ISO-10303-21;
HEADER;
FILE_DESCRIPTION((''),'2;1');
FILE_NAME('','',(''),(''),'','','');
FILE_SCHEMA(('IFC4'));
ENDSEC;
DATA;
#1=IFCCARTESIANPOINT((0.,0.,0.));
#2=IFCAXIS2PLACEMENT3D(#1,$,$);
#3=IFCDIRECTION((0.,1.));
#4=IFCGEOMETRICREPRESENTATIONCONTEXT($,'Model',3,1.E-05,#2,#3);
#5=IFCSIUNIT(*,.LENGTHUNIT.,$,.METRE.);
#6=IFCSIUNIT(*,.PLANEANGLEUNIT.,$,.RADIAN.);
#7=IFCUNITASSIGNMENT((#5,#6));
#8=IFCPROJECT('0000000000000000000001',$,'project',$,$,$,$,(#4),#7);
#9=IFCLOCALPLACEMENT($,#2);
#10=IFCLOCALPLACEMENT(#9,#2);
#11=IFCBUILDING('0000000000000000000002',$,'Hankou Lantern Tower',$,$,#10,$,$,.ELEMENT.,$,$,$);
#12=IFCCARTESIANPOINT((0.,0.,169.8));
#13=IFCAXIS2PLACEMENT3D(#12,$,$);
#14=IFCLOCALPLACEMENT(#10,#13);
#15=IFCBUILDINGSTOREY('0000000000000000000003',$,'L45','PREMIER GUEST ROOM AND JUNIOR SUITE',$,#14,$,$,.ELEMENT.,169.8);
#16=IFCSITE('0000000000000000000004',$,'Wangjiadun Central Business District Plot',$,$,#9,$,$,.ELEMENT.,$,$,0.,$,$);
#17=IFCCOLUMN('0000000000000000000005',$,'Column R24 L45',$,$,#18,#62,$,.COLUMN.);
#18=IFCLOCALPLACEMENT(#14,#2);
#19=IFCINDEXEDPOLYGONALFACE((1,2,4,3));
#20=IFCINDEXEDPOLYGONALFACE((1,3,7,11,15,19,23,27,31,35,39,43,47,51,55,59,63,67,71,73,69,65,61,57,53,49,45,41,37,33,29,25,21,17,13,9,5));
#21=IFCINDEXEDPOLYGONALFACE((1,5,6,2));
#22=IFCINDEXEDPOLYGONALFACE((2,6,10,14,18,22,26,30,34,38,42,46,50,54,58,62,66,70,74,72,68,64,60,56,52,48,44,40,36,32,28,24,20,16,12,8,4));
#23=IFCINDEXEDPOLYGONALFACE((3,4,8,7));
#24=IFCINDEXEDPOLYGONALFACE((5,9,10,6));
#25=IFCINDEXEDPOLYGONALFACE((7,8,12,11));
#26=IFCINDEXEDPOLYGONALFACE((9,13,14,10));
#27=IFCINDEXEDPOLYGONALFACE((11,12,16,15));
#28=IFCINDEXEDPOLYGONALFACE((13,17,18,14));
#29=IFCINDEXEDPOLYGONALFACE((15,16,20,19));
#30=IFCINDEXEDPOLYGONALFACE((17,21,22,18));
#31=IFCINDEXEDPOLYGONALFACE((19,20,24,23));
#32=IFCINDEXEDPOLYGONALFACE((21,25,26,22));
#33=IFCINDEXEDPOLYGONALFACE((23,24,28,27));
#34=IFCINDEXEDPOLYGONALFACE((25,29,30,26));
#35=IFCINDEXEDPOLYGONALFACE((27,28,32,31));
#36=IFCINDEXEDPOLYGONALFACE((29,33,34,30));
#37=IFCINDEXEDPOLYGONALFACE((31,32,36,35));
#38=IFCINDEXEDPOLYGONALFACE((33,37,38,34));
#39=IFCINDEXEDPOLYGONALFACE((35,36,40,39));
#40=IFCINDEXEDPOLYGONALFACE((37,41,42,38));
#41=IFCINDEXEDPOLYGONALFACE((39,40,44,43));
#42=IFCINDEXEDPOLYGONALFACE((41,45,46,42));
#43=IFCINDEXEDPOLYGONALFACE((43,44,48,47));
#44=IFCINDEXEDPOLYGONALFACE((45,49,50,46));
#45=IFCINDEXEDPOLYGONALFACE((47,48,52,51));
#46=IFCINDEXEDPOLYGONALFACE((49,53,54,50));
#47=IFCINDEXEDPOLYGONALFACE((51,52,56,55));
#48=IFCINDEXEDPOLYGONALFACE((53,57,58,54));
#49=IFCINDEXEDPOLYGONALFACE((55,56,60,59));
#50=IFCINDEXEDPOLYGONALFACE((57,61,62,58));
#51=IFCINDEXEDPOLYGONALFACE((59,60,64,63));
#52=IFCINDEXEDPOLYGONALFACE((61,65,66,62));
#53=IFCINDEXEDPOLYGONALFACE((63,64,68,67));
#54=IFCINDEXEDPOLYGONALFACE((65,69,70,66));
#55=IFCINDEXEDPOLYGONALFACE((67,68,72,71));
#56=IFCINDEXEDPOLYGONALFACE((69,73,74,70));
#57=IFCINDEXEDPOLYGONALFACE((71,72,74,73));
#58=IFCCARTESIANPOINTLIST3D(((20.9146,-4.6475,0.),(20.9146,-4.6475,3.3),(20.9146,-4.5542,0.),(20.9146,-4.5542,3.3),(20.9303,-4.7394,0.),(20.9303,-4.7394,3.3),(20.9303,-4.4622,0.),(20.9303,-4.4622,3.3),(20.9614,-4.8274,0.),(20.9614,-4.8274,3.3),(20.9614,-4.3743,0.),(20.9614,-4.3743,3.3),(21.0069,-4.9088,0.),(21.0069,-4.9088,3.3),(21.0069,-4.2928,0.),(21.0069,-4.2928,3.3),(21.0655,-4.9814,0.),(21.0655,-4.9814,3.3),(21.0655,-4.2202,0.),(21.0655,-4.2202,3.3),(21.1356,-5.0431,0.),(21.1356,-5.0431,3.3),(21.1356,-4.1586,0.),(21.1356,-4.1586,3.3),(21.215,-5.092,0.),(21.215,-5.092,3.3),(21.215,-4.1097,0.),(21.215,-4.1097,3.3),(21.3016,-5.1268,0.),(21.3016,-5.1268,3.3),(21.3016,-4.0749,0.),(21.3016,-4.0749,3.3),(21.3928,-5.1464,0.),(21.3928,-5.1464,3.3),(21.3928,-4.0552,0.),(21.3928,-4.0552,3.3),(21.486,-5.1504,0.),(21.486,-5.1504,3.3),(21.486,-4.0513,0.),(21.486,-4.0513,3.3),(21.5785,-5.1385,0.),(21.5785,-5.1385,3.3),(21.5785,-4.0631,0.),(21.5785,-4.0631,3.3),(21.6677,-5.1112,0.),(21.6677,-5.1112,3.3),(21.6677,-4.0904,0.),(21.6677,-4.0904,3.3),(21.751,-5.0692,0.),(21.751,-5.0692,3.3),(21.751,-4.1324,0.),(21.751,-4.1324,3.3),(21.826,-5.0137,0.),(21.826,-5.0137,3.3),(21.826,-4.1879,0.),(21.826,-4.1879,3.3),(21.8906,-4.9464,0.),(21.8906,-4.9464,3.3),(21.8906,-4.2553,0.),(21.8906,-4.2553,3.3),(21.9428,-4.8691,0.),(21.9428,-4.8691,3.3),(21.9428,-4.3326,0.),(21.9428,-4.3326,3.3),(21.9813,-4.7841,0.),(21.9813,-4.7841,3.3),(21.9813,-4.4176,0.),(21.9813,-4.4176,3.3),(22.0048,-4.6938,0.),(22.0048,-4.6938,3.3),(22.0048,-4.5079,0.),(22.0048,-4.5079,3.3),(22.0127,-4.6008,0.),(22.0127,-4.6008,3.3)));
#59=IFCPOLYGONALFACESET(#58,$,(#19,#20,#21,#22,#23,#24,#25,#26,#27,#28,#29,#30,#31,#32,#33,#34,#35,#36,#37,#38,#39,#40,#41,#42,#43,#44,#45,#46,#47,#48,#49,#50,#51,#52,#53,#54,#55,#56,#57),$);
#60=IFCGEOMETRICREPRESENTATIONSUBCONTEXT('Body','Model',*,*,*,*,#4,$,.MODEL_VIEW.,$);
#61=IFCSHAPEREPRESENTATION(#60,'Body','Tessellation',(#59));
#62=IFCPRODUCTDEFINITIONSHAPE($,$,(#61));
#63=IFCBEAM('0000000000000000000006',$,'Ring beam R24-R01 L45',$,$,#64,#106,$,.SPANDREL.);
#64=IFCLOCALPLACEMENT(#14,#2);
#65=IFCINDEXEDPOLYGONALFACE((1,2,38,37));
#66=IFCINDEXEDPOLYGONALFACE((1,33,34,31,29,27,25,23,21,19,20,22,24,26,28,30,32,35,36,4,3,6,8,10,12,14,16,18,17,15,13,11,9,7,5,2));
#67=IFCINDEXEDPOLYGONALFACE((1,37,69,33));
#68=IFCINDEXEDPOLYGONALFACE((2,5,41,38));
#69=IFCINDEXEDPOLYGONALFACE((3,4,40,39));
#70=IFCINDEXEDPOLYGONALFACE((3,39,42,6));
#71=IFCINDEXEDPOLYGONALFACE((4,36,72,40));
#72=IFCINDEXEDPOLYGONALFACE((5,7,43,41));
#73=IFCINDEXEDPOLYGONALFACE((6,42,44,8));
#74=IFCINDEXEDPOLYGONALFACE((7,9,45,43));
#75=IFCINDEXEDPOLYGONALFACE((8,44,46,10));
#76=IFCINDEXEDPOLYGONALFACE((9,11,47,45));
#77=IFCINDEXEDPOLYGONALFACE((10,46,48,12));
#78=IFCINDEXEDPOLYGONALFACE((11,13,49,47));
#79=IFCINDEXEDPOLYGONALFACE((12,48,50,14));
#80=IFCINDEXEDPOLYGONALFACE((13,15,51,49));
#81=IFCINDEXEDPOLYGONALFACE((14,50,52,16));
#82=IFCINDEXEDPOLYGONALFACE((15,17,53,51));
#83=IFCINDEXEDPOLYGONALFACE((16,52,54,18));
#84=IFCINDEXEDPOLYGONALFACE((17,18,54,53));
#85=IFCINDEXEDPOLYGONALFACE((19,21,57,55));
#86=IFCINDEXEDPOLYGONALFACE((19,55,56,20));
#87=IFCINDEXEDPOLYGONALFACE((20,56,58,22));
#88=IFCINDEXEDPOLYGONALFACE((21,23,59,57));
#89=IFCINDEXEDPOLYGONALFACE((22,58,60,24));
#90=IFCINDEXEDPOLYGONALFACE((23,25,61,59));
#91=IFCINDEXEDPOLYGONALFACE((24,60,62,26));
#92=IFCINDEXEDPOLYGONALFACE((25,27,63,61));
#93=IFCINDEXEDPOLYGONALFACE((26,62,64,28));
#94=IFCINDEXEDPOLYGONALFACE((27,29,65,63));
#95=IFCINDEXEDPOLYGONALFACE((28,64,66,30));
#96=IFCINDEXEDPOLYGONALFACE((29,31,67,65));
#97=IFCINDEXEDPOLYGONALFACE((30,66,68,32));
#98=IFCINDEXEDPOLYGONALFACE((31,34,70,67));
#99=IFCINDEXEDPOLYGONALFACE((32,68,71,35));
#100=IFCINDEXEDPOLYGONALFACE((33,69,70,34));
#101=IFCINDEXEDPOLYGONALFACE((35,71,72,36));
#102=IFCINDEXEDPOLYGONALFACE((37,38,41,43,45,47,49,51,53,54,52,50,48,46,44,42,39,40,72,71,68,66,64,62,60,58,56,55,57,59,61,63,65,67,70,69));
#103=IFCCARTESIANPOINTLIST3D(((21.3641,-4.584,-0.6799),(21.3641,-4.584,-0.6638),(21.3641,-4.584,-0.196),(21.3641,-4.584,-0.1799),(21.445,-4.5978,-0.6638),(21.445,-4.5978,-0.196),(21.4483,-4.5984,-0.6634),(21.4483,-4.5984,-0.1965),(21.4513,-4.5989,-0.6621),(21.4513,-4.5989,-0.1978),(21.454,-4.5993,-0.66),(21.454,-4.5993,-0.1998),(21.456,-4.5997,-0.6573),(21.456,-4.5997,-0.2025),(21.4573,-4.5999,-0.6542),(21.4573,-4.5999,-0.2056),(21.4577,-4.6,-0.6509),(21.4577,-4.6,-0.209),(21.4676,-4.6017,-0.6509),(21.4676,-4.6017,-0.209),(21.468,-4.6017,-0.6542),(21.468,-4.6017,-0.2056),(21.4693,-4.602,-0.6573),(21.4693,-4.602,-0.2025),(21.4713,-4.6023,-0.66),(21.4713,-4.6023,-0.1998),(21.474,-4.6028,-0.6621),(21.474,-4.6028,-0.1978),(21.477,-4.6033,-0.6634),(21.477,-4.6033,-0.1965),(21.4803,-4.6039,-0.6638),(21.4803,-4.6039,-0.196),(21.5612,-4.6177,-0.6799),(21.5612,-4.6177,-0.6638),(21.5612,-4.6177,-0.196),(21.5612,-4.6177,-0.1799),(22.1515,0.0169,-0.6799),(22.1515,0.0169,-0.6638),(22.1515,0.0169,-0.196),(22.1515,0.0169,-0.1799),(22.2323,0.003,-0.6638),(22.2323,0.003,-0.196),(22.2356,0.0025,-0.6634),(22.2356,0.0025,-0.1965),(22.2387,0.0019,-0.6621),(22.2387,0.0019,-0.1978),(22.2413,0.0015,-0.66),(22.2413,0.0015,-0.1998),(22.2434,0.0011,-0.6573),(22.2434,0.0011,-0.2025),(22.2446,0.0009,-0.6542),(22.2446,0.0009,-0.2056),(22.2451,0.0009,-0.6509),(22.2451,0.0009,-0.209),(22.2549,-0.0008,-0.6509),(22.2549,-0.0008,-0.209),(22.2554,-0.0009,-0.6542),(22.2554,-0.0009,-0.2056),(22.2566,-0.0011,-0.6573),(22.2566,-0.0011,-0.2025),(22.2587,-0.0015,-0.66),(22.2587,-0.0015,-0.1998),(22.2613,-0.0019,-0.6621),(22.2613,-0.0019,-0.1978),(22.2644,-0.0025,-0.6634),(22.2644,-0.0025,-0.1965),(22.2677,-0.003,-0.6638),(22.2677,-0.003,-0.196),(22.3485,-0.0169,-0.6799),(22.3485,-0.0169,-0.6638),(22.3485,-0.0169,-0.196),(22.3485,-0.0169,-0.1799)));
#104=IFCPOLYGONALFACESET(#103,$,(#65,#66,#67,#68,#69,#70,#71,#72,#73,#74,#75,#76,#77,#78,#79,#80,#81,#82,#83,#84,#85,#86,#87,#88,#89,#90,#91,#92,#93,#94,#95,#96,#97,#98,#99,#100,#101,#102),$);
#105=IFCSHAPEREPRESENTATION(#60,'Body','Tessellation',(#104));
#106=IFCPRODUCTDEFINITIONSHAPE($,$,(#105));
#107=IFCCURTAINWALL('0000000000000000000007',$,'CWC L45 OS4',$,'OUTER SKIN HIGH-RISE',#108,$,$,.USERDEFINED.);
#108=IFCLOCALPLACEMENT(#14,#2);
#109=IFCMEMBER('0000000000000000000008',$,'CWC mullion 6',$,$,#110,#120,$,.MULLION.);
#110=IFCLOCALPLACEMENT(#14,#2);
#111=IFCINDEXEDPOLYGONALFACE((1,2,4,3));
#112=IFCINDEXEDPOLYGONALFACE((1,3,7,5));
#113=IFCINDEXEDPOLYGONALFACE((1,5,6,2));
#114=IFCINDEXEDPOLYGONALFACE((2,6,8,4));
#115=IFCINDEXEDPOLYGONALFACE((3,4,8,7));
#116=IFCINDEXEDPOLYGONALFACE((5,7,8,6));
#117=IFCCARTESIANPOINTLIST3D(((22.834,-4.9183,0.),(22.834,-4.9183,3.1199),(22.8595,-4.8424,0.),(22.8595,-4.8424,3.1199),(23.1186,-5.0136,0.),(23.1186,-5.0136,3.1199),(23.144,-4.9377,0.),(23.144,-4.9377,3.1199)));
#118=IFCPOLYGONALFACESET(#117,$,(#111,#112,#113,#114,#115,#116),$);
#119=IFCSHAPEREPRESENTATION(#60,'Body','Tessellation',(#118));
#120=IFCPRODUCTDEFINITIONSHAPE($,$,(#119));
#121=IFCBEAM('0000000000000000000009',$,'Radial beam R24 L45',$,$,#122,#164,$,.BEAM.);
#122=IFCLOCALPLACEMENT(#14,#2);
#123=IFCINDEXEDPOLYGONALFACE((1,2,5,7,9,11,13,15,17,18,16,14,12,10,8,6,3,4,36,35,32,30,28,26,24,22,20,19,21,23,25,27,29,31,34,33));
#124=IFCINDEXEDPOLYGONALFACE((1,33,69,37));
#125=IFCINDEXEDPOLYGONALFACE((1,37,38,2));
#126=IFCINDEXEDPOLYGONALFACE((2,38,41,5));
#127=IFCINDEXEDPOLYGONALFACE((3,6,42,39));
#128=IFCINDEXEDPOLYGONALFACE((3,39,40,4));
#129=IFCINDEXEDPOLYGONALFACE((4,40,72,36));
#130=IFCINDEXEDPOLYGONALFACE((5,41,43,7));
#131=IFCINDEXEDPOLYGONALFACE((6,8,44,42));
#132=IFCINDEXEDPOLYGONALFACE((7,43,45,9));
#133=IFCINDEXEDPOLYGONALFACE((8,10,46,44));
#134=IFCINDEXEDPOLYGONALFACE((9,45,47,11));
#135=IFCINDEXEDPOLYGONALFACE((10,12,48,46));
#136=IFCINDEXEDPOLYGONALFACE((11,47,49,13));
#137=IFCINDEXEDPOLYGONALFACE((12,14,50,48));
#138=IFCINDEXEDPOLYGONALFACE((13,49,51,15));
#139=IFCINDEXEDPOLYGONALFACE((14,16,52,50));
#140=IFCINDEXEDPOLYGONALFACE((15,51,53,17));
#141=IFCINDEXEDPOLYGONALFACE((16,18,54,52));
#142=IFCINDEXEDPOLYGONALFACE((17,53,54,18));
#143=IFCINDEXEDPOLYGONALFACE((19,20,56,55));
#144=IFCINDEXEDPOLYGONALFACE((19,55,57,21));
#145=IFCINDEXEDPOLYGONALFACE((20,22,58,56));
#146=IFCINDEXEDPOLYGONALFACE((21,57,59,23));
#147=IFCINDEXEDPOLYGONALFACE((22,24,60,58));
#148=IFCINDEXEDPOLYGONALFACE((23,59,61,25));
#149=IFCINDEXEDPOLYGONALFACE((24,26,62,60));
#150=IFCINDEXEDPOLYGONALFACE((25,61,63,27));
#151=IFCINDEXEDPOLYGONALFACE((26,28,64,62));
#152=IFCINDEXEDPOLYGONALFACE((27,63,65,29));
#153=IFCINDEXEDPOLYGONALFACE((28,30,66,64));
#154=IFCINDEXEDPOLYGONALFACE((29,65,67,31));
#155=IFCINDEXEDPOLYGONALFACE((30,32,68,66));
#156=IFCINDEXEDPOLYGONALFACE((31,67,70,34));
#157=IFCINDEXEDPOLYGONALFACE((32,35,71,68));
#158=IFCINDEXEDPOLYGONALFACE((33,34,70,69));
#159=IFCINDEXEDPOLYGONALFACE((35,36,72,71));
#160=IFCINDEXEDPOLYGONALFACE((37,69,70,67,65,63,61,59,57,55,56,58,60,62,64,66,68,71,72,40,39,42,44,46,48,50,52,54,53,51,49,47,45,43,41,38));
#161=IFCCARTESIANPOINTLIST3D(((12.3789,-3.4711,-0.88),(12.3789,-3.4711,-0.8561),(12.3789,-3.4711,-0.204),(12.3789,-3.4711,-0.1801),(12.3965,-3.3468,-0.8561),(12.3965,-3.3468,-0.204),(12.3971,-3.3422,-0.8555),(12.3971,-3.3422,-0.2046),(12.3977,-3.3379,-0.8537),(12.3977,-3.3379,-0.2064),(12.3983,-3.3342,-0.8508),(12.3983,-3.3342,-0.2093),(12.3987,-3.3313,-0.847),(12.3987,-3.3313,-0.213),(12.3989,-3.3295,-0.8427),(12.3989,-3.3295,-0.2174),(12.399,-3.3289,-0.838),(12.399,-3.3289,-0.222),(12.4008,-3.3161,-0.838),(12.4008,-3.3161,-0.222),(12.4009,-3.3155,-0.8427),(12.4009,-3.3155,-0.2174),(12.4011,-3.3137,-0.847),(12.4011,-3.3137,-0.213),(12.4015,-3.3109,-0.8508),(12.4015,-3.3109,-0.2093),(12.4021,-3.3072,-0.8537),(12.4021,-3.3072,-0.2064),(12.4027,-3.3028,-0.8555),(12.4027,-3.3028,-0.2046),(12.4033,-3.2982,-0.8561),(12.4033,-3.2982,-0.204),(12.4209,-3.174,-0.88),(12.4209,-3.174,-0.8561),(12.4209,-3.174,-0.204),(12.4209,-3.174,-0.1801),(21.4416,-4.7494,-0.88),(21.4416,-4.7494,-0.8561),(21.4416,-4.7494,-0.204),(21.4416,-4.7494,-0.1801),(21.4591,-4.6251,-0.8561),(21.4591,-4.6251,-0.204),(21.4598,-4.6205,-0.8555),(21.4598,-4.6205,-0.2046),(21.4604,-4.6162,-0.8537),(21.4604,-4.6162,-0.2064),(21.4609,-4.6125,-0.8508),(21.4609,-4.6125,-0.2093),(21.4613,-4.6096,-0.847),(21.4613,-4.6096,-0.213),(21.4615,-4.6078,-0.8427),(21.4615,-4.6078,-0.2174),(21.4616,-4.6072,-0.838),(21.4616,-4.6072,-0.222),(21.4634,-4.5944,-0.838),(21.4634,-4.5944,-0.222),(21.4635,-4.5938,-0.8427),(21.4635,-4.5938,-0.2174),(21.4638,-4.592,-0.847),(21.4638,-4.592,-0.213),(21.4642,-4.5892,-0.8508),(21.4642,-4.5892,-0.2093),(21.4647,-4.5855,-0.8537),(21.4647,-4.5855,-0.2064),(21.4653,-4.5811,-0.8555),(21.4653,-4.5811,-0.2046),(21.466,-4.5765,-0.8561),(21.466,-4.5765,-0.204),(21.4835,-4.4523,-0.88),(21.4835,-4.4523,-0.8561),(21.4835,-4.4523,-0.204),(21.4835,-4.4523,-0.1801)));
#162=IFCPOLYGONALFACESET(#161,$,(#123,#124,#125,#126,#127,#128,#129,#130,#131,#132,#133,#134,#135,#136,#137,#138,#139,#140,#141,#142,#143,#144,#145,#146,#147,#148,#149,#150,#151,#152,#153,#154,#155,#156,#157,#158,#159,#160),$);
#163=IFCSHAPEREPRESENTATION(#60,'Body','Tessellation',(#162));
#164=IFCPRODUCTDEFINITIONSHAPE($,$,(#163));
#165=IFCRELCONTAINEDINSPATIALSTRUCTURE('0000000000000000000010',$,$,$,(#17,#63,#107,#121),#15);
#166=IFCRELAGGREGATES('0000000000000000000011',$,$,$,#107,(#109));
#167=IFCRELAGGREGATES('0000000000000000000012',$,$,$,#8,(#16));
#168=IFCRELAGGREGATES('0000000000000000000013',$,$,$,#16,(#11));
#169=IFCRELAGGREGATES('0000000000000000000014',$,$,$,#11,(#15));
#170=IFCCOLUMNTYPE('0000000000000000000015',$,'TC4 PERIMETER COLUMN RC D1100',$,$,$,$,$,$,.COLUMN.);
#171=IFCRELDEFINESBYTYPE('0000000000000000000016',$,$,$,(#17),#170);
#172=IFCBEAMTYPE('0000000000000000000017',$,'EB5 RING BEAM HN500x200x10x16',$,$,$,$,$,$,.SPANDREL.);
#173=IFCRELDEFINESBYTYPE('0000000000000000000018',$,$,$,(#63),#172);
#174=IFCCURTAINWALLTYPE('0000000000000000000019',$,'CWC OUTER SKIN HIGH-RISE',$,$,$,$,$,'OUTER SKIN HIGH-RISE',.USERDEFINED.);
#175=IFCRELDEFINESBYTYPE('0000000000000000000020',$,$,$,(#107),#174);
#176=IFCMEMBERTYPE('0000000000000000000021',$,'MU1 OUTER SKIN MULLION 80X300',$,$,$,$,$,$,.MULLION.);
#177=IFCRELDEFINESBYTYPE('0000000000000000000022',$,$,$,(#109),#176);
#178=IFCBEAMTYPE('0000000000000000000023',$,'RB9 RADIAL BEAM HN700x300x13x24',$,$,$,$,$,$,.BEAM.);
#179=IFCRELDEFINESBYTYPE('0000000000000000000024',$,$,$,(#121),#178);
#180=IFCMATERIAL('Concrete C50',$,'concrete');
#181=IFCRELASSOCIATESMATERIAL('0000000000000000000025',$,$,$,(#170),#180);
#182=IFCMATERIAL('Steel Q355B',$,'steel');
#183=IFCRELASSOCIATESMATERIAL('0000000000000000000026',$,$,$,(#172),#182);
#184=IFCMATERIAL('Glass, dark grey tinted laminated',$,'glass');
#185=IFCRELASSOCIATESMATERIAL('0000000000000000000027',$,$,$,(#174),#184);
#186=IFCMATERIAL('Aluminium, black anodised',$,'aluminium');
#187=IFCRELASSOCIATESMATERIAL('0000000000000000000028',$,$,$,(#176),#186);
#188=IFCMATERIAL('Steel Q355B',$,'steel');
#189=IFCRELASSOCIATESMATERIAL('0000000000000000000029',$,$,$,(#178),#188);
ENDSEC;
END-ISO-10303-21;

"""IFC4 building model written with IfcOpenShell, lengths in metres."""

from ifc_helpers import new_model, si_unit, direction, frame, origin, origin_2d, place, context, subcontext, project, spatial, rectangle, circle, i_section, extrude, material, material_profile, profile_set, type_object, element, aggregate, save


model = new_model("IFC4")

# Units and contexts
model_context = context("Model", 3, precision=1e-05, world=origin(), true_north=direction((0.0, 1.0)))
body_context = subcontext(model_context, "Body", "Model", "MODEL_VIEW")
ifc_project = project(units=[si_unit("LENGTHUNIT", "METRE"), si_unit("PLANEANGLEUNIT", "RADIAN")], contexts=[model_context])

# Site, building, storey
site_placement = place(None, origin())
site = spatial("IfcSite", under=ifc_project, at=site_placement, Name="Wangjiadun Central Business District Plot", CompositionType="ELEMENT", RefElevation=0.0)
building_placement = place(site_placement, origin())
building = spatial("IfcBuilding", under=site, at=building_placement, Name="Hankou Lantern Tower", CompositionType="ELEMENT")
storey_placement = place(building_placement, frame((0.0, 0.0, 169.8)))
storey = spatial("IfcBuildingStorey", under=building, at=storey_placement, Name="L45", Description="PREMIER GUEST ROOM AND JUNIOR SUITE", CompositionType="ELEMENT", Elevation=169.8)

# Column
ifc_material_1 = material(Name="Concrete C50", Category="concrete")
ifc_material_profile_1 = material_profile(ifc_material_1, circle(Radius=0.55, at=origin_2d()), Name="RC D1100")
ifc_profile_set_1 = profile_set([ifc_material_profile_1], Name="Concrete C50")
column_type = type_object("IfcColumnType", Name="TC4 PERIMETER COLUMN RC D1100", PredefinedType="COLUMN", material=ifc_profile_set_1)
column_placement = place(storey_placement, frame((21.4626, -4.6008, 0.0), z_axis=(0.0, 0.0, 1.0), x_axis=(1.0, 0.0, 0.0)))
element("IfcColumn", 1, at=column_placement, inside=storey, type_object=column_type, Name="Column R24 L45", PredefinedType="COLUMN", context=body_context, shape_type="SweptSolid", body=[
    extrude(circle(Radius=0.55, at=origin_2d()), origin(), (0.0, 0.0, 1.0), 3.3),
])

# Beam
ifc_material_2 = material(Name="Steel Q355B", Category="steel")
ifc_material_profile_2 = material_profile(ifc_material_2, i_section(OverallWidth=0.2, OverallDepth=0.5, WebThickness=0.01, FlangeThickness=0.0161, FilletRadius=0.0129, at=origin_2d()), Name="HN500x200x10x16")
ifc_profile_set_2 = profile_set([ifc_material_profile_2], Name="Steel Q355B")
beam_type_1 = type_object("IfcBeamType", Name="EB5 RING BEAM HN500x200x10x16", PredefinedType="SPANDREL", material=ifc_profile_set_2)
beam_1_placement = place(storey_placement, frame((21.4626, -4.6008, -0.4299), z_axis=(0.168681, 0.985671, 0.0), x_axis=(-0.985671, 0.168681, 0.0)))
element("IfcBeam", 2, at=beam_1_placement, inside=storey, type_object=beam_type_1, Name="Ring beam R24-R01 L45", PredefinedType="SPANDREL", context=body_context, shape_type="SweptSolid", body=[
    extrude(i_section(OverallWidth=0.2, OverallDepth=0.5, WebThickness=0.01, FlangeThickness=0.0161, FilletRadius=0.0129, at=origin_2d()), origin(), (0.0, 0.0, 1.0), 4.6677),
])

# Curtain wall, member
ifc_material_3 = material(Name="Glass, dark grey tinted laminated", Category="glass")
curtain_wall_type = type_object("IfcCurtainWallType", Name="CWC OUTER SKIN HIGH-RISE", ElementType="OUTER SKIN HIGH-RISE", PredefinedType="USERDEFINED", material=ifc_material_3)
curtain_wall_placement = place(storey_placement, origin())
curtain_wall = element("IfcCurtainWall", 3, at=curtain_wall_placement, inside=storey, type_object=curtain_wall_type, Name="CWC L45 OS4", ObjectType="OUTER SKIN HIGH-RISE", PredefinedType="USERDEFINED")
ifc_material_4 = material(Name="Aluminium, black anodised", Category="aluminium")
ifc_material_profile_3 = material_profile(ifc_material_4, rectangle(XDim=0.0801, YDim=0.3, at=origin_2d()), Name="MU1 80X300")
ifc_profile_set_3 = profile_set([ifc_material_profile_3], Name="Aluminium, black anodised")
member_type_1 = type_object("IfcMemberType", Name="MU1 OUTER SKIN MULLION 80X300", PredefinedType="MULLION", material=ifc_profile_set_3)
member_1_placement = place(storey_placement, frame((22.989, -4.928, 0.0), z_axis=(0.0, 0.0, 1.0), x_axis=(0.317596, 0.948226, 0.0)))
member_1 = element("IfcMember", 4, at=member_1_placement, type_object=member_type_1, Name="CWC mullion 6", PredefinedType="MULLION", context=body_context, shape_type="SweptSolid", body=[
    extrude(rectangle(XDim=0.0801, YDim=0.3, at=origin_2d()), origin(), (0.0, 0.0, 1.0), 3.1199),
])

# Beam
ifc_material_5 = material(Name="Steel Q355B", Category="steel")
ifc_material_profile_4 = material_profile(ifc_material_5, i_section(OverallWidth=0.3, OverallDepth=0.7, WebThickness=0.0129, FlangeThickness=0.0239, FilletRadius=0.0181, at=origin_2d()), Name="HN700x300x13x24")
ifc_profile_set_4 = profile_set([ifc_material_profile_4], Name="Steel Q355B")
beam_type_2 = type_object("IfcBeamType", Name="RB9 RADIAL BEAM HN700x300x13x24", PredefinedType="BEAM", material=ifc_profile_set_4)
beam_2_placement = place(storey_placement, frame((12.3999, -3.3225, -0.53), z_axis=(0.990198, -0.13967, 0.0), x_axis=(0.13967, 0.990198, 0.0)))
element("IfcBeam", 5, at=beam_2_placement, inside=storey, type_object=beam_type_2, Name="Radial beam R24 L45", PredefinedType="BEAM", context=body_context, shape_type="SweptSolid", body=[
    extrude(i_section(OverallWidth=0.3, OverallDepth=0.7, WebThickness=0.0129, FlangeThickness=0.0239, FilletRadius=0.0181, at=origin_2d()), origin(), (0.0, 0.0, 1.0), 9.1523),
])

aggregate(curtain_wall, [member_1])

save(model, "model.ifc")
